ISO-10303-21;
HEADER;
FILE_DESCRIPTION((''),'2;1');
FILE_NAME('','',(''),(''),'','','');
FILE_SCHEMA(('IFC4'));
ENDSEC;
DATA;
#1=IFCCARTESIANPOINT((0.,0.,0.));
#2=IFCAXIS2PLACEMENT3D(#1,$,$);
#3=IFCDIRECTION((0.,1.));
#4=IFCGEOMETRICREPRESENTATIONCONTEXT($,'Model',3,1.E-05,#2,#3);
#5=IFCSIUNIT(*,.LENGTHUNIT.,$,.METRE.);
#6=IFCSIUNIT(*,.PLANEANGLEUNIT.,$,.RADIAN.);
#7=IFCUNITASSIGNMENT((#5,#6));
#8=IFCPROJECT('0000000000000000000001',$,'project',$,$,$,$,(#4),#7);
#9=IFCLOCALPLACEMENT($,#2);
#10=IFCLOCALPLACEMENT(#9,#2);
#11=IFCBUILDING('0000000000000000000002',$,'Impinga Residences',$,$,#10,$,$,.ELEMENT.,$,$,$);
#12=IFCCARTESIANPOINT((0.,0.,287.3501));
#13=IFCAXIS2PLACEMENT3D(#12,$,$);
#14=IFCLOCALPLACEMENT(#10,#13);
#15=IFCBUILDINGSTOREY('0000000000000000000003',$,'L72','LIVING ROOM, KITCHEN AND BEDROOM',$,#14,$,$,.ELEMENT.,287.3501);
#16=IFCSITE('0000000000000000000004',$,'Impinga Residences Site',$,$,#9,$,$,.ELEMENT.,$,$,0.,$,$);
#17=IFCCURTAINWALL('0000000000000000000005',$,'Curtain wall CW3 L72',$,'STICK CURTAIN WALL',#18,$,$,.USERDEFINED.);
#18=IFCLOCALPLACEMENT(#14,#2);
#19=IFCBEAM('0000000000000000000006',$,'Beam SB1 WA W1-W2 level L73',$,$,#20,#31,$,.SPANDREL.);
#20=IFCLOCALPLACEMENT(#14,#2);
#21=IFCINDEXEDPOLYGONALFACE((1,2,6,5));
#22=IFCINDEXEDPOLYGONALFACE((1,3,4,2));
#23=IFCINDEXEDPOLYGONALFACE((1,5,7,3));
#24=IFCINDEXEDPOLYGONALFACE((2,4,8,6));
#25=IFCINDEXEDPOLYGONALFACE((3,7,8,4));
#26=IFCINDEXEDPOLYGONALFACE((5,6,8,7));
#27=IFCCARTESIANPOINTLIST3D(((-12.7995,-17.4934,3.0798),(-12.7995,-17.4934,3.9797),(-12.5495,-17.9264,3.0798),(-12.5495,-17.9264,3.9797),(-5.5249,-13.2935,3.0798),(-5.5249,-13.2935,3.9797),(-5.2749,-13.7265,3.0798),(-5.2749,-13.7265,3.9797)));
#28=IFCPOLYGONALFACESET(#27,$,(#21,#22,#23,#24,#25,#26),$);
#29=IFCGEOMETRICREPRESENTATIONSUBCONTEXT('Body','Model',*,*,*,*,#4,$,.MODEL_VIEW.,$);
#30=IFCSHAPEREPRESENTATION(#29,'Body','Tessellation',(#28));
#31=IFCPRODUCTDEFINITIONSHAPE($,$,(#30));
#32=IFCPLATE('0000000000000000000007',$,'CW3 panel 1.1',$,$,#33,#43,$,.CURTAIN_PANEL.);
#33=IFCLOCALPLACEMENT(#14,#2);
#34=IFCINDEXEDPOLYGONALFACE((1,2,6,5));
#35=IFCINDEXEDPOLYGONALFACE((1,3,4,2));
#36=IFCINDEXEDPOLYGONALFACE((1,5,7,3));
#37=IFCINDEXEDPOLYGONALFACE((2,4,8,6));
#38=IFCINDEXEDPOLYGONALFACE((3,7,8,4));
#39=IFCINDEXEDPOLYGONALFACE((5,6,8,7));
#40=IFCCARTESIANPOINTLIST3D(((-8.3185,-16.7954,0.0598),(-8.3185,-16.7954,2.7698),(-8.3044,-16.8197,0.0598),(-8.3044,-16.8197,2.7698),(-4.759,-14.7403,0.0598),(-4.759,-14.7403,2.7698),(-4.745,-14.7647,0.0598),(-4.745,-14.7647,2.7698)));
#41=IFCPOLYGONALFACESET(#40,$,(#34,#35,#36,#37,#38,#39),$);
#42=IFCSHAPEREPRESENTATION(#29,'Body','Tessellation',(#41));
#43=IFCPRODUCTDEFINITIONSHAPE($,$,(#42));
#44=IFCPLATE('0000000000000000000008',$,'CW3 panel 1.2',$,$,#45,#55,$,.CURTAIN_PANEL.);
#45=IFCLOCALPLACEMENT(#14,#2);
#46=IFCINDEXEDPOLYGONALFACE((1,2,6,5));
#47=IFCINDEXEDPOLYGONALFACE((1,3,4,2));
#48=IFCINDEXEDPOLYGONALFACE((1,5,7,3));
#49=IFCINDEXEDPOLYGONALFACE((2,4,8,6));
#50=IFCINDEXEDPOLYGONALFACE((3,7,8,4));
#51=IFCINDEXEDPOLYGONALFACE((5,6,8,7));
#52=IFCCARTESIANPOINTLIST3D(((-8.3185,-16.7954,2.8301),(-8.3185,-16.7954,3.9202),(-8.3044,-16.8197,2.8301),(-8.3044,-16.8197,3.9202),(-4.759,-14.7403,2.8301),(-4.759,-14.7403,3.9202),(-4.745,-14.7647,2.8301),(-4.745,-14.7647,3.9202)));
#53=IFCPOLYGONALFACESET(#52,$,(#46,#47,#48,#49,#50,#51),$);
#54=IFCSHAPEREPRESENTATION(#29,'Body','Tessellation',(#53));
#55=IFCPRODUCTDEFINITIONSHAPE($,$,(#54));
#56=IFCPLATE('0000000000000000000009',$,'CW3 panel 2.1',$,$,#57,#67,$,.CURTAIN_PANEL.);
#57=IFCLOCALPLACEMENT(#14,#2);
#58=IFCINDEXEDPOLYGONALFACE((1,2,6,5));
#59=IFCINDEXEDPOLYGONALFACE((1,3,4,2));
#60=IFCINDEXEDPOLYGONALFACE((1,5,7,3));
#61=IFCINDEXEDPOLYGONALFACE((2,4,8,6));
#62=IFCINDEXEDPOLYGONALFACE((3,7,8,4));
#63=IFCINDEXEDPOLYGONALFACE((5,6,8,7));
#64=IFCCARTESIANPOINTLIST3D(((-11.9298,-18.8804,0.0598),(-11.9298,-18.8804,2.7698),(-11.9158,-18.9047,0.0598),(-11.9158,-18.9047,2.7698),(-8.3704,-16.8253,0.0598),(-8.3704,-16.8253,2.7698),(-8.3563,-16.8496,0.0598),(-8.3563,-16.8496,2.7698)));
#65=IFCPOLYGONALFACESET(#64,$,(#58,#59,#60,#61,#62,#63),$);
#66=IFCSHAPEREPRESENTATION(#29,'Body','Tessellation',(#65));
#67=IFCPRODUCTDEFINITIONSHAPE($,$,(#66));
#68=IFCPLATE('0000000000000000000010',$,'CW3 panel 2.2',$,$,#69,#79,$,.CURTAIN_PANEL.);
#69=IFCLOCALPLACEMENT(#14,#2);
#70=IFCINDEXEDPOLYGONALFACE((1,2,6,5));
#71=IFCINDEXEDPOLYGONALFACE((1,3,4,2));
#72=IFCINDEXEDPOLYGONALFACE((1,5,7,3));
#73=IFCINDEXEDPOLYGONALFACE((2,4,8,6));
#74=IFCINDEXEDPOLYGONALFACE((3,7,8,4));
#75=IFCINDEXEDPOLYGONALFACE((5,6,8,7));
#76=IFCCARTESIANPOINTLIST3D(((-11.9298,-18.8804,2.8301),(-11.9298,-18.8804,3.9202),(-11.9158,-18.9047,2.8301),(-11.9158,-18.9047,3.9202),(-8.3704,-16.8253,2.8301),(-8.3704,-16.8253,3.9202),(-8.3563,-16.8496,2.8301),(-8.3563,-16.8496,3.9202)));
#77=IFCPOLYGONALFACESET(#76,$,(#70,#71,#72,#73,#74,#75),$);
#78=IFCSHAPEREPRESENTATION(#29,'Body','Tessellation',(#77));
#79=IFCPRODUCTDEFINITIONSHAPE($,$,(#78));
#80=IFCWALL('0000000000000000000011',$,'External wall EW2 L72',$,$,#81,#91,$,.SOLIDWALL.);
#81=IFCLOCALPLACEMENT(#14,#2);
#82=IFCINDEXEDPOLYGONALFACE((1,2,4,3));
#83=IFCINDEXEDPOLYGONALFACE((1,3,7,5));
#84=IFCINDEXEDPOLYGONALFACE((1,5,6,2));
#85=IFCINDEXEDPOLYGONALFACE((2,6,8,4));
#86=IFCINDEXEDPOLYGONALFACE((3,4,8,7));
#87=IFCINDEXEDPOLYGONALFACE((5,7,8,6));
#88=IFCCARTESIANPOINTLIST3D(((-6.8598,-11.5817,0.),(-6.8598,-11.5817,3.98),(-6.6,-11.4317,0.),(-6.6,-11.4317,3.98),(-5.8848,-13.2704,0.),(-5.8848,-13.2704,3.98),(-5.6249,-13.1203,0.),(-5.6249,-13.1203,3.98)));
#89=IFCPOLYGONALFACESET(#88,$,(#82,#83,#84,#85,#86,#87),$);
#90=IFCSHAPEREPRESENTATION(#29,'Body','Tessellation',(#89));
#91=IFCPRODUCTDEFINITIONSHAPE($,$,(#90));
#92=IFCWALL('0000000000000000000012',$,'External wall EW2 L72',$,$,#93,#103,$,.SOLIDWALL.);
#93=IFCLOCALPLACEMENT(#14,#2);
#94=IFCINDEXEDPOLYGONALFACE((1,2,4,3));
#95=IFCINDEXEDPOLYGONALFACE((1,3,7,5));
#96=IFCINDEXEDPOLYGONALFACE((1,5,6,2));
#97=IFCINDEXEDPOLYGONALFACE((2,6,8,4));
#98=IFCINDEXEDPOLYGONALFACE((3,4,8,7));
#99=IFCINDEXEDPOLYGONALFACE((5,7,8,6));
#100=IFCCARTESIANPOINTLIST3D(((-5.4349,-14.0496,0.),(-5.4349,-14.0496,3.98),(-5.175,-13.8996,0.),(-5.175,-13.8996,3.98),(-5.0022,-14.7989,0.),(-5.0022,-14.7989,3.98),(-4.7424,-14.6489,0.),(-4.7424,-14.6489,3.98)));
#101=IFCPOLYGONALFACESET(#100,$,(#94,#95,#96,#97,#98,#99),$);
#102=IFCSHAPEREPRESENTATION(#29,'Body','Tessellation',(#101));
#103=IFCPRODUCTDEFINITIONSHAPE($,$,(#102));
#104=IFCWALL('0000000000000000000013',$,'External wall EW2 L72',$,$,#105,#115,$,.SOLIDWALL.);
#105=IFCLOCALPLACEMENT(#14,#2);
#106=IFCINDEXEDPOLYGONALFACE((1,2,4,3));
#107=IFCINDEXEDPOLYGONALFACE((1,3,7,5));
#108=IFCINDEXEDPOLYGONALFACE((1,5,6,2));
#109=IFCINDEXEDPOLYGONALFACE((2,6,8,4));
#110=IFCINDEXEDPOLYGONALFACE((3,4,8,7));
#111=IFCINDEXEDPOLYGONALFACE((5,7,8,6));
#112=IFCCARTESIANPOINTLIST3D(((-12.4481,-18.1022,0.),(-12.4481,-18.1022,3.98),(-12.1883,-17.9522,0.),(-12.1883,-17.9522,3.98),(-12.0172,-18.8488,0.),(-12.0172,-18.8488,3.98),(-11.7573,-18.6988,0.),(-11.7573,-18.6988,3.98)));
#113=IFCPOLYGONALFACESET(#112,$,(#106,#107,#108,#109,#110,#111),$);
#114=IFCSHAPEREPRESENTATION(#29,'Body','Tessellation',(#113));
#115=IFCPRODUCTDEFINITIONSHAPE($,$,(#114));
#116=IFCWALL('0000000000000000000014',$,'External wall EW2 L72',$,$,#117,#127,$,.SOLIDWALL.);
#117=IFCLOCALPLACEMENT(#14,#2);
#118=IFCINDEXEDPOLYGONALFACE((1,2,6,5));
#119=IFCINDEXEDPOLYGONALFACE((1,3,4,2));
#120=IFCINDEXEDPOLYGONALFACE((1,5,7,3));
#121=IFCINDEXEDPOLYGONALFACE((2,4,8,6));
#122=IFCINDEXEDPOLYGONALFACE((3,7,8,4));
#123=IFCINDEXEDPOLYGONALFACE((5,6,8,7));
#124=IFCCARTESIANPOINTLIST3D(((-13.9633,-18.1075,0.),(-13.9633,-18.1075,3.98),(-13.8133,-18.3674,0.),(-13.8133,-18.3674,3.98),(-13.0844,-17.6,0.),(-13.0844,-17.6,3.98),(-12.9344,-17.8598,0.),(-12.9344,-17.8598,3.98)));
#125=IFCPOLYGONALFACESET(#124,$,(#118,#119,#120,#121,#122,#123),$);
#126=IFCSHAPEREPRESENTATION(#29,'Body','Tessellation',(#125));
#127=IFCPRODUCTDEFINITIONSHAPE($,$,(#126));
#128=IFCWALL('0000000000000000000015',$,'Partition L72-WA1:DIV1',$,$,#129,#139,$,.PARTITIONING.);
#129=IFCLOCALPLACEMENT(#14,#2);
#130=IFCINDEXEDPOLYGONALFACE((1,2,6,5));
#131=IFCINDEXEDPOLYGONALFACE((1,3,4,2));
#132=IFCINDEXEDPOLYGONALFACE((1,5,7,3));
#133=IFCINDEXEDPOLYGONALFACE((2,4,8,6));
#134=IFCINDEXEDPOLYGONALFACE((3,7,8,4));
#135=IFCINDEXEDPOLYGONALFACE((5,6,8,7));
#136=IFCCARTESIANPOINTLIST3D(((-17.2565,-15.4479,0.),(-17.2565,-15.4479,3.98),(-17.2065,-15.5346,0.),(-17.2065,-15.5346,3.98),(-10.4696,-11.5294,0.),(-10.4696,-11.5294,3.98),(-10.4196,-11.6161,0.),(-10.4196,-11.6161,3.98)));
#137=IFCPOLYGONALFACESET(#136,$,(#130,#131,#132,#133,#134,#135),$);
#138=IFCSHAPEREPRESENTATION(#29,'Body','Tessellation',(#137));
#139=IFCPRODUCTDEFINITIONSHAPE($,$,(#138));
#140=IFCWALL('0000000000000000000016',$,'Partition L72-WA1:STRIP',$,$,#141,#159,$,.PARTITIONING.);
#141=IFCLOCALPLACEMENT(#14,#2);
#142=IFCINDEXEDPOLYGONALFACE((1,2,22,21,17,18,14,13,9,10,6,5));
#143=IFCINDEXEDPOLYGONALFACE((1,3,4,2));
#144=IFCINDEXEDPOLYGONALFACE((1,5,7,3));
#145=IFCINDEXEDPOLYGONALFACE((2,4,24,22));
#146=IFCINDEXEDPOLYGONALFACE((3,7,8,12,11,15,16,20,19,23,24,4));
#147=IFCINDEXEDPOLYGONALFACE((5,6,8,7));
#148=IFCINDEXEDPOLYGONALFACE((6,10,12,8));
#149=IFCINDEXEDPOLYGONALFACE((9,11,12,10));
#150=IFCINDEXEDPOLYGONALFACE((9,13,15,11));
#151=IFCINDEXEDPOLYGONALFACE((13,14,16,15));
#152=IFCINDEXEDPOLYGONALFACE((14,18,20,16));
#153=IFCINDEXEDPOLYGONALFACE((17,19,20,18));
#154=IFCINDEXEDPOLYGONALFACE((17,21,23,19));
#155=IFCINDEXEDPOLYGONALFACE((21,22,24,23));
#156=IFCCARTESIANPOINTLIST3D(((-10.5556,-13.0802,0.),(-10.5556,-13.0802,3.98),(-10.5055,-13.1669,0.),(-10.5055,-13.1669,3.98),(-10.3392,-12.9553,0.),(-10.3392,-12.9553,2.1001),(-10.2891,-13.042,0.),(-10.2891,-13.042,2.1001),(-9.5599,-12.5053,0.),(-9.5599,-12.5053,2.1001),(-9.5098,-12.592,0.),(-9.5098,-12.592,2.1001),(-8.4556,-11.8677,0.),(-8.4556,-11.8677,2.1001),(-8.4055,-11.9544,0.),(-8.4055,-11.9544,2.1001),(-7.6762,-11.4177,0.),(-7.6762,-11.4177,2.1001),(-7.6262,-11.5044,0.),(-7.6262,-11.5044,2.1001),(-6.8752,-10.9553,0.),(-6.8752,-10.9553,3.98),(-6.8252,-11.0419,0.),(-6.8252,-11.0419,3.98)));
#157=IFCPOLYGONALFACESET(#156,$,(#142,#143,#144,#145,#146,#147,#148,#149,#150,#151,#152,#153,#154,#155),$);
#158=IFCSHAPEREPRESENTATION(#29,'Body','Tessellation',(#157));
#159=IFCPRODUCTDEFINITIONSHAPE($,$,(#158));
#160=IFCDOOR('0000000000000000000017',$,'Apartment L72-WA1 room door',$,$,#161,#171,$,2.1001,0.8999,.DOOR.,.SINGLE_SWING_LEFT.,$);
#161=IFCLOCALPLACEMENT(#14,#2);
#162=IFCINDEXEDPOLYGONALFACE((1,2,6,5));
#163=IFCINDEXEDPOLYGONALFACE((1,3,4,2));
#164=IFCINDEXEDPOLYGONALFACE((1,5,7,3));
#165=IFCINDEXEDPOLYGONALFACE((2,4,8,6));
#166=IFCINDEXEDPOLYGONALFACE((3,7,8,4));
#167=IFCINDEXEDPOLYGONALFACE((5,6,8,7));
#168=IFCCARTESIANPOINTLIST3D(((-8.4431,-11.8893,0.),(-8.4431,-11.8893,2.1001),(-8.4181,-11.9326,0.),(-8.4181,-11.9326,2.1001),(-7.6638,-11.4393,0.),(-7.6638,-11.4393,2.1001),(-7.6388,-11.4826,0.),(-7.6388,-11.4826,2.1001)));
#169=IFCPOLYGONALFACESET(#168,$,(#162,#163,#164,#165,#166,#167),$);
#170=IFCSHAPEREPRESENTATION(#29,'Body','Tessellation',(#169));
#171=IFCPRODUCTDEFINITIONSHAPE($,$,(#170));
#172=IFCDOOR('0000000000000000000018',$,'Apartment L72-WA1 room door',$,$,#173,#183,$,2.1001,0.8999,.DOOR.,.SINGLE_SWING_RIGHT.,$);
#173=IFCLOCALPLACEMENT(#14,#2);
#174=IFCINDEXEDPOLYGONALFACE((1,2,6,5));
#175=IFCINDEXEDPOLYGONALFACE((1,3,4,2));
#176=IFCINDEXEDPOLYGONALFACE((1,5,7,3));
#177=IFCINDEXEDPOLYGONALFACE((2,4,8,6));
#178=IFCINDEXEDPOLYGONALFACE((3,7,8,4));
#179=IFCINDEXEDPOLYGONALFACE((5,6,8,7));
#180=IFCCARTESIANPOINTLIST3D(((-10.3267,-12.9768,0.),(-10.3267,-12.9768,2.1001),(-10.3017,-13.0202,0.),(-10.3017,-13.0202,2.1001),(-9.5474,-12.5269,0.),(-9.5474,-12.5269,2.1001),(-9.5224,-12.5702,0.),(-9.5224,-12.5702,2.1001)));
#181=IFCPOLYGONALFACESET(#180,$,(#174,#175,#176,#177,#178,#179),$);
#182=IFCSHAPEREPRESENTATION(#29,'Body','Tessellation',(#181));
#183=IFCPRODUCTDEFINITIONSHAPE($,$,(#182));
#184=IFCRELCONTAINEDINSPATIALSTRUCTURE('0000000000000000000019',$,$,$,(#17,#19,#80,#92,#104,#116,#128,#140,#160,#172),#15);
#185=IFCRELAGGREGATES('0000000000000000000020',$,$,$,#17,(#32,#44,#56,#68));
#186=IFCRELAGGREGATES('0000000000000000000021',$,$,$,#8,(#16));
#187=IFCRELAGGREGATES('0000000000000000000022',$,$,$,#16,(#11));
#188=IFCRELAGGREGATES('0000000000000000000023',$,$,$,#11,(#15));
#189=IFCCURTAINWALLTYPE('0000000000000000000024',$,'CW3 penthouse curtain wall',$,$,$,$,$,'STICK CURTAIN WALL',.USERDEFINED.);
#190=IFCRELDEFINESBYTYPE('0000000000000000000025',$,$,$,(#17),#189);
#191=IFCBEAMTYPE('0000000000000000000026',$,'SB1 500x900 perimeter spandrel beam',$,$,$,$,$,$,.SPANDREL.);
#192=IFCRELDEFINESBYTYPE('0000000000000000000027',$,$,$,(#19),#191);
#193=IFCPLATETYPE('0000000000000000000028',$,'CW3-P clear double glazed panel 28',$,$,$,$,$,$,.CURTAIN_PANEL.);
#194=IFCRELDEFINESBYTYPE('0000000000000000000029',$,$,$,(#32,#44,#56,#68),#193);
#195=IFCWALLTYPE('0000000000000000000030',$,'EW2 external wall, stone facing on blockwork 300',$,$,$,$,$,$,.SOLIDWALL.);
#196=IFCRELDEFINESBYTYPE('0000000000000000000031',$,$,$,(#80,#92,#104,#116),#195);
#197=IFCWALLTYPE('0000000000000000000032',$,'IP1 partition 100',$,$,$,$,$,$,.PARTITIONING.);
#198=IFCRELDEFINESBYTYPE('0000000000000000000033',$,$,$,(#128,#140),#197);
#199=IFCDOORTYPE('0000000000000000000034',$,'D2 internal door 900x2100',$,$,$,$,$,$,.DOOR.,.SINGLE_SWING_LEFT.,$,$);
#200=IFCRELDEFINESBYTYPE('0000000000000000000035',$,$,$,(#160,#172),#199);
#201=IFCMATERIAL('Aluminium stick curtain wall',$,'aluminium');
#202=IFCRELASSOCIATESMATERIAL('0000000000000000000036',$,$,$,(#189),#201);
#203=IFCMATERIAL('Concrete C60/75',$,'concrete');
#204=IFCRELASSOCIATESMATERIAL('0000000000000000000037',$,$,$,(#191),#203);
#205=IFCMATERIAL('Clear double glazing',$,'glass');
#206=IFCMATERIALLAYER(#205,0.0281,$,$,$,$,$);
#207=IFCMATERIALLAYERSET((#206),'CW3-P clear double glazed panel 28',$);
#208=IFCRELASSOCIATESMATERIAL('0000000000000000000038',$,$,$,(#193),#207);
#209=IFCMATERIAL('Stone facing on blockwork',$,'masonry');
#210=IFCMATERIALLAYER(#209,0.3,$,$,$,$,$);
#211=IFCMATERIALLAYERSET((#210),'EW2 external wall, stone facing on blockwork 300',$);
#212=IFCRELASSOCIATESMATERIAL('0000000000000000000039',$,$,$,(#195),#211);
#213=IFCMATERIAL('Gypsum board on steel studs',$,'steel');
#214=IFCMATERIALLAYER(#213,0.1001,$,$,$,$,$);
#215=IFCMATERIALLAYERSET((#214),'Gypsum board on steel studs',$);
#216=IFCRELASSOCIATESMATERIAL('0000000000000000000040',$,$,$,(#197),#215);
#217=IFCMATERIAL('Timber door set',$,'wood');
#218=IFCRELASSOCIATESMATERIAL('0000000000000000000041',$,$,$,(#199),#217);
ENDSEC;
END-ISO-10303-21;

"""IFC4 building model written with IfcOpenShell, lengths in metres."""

from ifc_helpers import new_model, si_unit, direction, frame, frame_2d, origin, origin_2d, place, context, subcontext, project, spatial, rectangle, extrude, material, layer, layer_set, material_profile, profile_set, type_object, element, fill, aggregate, save


model = new_model("IFC4")

# Units and contexts
model_context = context("Model", 3, precision=1e-05, world=origin(), true_north=direction((0.0, 1.0)))
body_context = subcontext(model_context, "Body", "Model", "MODEL_VIEW")
ifc_project = project(units=[si_unit("LENGTHUNIT", "METRE"), si_unit("PLANEANGLEUNIT", "RADIAN")], contexts=[model_context])

# Site, building, storey
site_placement = place(None, origin())
site = spatial("IfcSite", under=ifc_project, at=site_placement, Name="Impinga Residences Site", CompositionType="ELEMENT", RefElevation=0.0)
building_placement = place(site_placement, origin())
building = spatial("IfcBuilding", under=site, at=building_placement, Name="Impinga Residences", CompositionType="ELEMENT")
storey_placement = place(building_placement, frame((0.0, 0.0, 287.3501)))
storey = spatial("IfcBuildingStorey", under=building, at=storey_placement, Name="L72", Description="LIVING ROOM, KITCHEN AND BEDROOM", CompositionType="ELEMENT", Elevation=287.3501)

# Shared definitions
ifc_material_1 = material(Name="Concrete C60/75", Category="concrete")

# Curtain wall
ifc_material_2 = material(Name="Aluminium stick curtain wall", Category="aluminium")
curtain_wall_type = type_object("IfcCurtainWallType", Name="CW3 penthouse curtain wall", ElementType="STICK CURTAIN WALL", PredefinedType="USERDEFINED", material=ifc_material_2)
curtain_wall_1_placement = place(storey_placement, origin())
curtain_wall_1 = element("IfcCurtainWall", 1, at=curtain_wall_1_placement, inside=storey, type_object=curtain_wall_type, Name="Curtain wall CW3 L72", ObjectType="STICK CURTAIN WALL", PredefinedType="USERDEFINED")

# Beam
ifc_material_profile_1 = material_profile(ifc_material_1, rectangle(XDim=0.5, YDim=0.8999, at=origin_2d()), Name="RC 500x900")
ifc_profile_set_1 = profile_set([ifc_material_profile_1], Name="Concrete C60/75")
beam_type_1 = type_object("IfcBeamType", Name="SB1 500x900 perimeter spandrel beam", PredefinedType="SPANDREL", material=ifc_profile_set_1)
beam_1_placement = place(storey_placement, frame((-5.3999, -13.51, 3.5298), z_axis=(-0.866029, -0.499993, 0.0), x_axis=(0.499993, -0.866029, 0.0)))
element("IfcBeam", 2, at=beam_1_placement, inside=storey, type_object=beam_type_1, Name="Beam SB1 WA W1-W2 level L73", PredefinedType="SPANDREL", context=body_context, shape_type="SweptSolid", body=[
    extrude(rectangle(XDim=0.5, YDim=0.8999, at=origin_2d()), origin(), (0.0, 0.0, 1.0), 8.3999),
])

# Plates
ifc_material_3 = material(Name="Clear double glazing", Category="glass")
ifc_layer_1 = layer(ifc_material_3, 0.0281)
ifc_layer_set_1 = layer_set([ifc_layer_1], Name="CW3-P clear double glazed panel 28")
plate_type = type_object("IfcPlateType", Name="CW3-P clear double glazed panel 28", PredefinedType="CURTAIN_PANEL", material=ifc_layer_set_1)
plate_1_placement = place(storey_placement, frame((-6.5317, -15.78, 0.0598), z_axis=(0.0, 0.0, 1.0), x_axis=(-0.866025, -0.5, 0.0)))
plate_1 = element("IfcPlate", 3, at=plate_1_placement, type_object=plate_type, Name="CW3 panel 1.1", PredefinedType="CURTAIN_PANEL", context=body_context, shape_type="SweptSolid", body=[
    extrude(rectangle(XDim=4.1101, YDim=0.0281, at=origin_2d()), origin(), (0.0, 0.0, 1.0), 2.71),
])
plate_2_placement = place(storey_placement, frame((-6.5317, -15.78, 2.8301), z_axis=(0.0, 0.0, 1.0), x_axis=(-0.866025, -0.5, 0.0)))
plate_2 = element("IfcPlate", 4, at=plate_2_placement, type_object=plate_type, Name="CW3 panel 1.2", PredefinedType="CURTAIN_PANEL", context=body_context, shape_type="SweptSolid", body=[
    extrude(rectangle(XDim=4.1101, YDim=0.0281, at=origin_2d()), origin(), (0.0, 0.0, 1.0), 1.0901),
])
plate_3_placement = place(storey_placement, frame((-10.1431, -17.865, 0.0598), z_axis=(0.0, 0.0, 1.0), x_axis=(-0.866025, -0.5, 0.0)))
plate_3 = element("IfcPlate", 5, at=plate_3_placement, type_object=plate_type, Name="CW3 panel 2.1", PredefinedType="CURTAIN_PANEL", context=body_context, shape_type="SweptSolid", body=[
    extrude(rectangle(XDim=4.1101, YDim=0.0281, at=origin_2d()), origin(), (0.0, 0.0, 1.0), 2.71),
])
plate_4_placement = place(storey_placement, frame((-10.1431, -17.865, 2.8301), z_axis=(0.0, 0.0, 1.0), x_axis=(-0.866025, -0.5, 0.0)))
plate_4 = element("IfcPlate", 6, at=plate_4_placement, type_object=plate_type, Name="CW3 panel 2.2", PredefinedType="CURTAIN_PANEL", context=body_context, shape_type="SweptSolid", body=[
    extrude(rectangle(XDim=4.1101, YDim=0.0281, at=origin_2d()), origin(), (0.0, 0.0, 1.0), 1.0901),
])
aggregate(curtain_wall_1, [plate_1, plate_2, plate_3, plate_4])

# Walls
ifc_material_4 = material(Name="Stone facing on blockwork", Category="masonry")
ifc_layer_2 = layer(ifc_material_4, 0.3)
ifc_layer_set_2 = layer_set([ifc_layer_2], Name="EW2 external wall, stone facing on blockwork 300")
wall_type_1 = type_object("IfcWallType", Name="EW2 external wall, stone facing on blockwork 300", PredefinedType="SOLIDWALL", material=ifc_layer_set_2)
wall_1_placement = place(storey_placement, frame((-6.73, -11.5066, 0.0), z_axis=(0.0, 0.0, 1.0), x_axis=(0.500044, -0.866, 0.0)))
element("IfcWall", 7, at=wall_1_placement, inside=storey, type_object=wall_type_1, Name="External wall EW2 L72", PredefinedType="SOLIDWALL", context=body_context, shape_type="SweptSolid", body=[
    extrude(rectangle(XDim=1.95, YDim=0.3, at=frame_2d((0.9751, 0.0))), origin(), (0.0, 0.0, 1.0), 3.98),
])
wall_2_placement = place(storey_placement, frame((-5.3049, -13.9746, 0.0), z_axis=(0.0, 0.0, 1.0), x_axis=(0.500024, -0.866012, 0.0)))
element("IfcWall", 8, at=wall_2_placement, inside=storey, type_object=wall_type_1, Name="External wall EW2 L72", PredefinedType="SOLIDWALL", context=body_context, shape_type="SweptSolid", body=[
    extrude(rectangle(XDim=0.8652, YDim=0.3, at=frame_2d((0.4326, 0.0))), origin(), (0.0, 0.0, 1.0), 3.98),
])
wall_3_placement = place(storey_placement, frame((-11.8872, -18.7739, 0.0), z_axis=(0.0, 0.0, 1.0), x_axis=(-0.499886, 0.866091, 0.0)))
element("IfcWall", 9, at=wall_3_placement, inside=storey, type_object=wall_type_1, Name="External wall EW2 L72", PredefinedType="SOLIDWALL", context=body_context, shape_type="SweptSolid", body=[
    extrude(rectangle(XDim=0.8621, YDim=0.3, at=frame_2d((0.4312, 0.0))), origin(), (0.0, 0.0, 1.0), 3.98),
])
wall_4_placement = place(storey_placement, frame((-13.0095, -17.73, 0.0), z_axis=(0.0, 0.0, 1.0), x_axis=(-0.865969, -0.500097, 0.0)))
element("IfcWall", 10, at=wall_4_placement, inside=storey, type_object=wall_type_1, Name="External wall EW2 L72", PredefinedType="SOLIDWALL", context=body_context, shape_type="SweptSolid", body=[
    extrude(rectangle(XDim=1.0149, YDim=0.3, at=frame_2d((0.5073, 0.0))), origin(), (0.0, 0.0, 1.0), 3.98),
])
ifc_material_5 = material(Name="Gypsum board on steel studs", Category="steel")
ifc_layer_3 = layer(ifc_material_5, 0.1001)
ifc_layer_set_3 = layer_set([ifc_layer_3], Name="Gypsum board on steel studs")
wall_type_2 = type_object("IfcWallType", Name="IP1 partition 100", PredefinedType="PARTITIONING", material=ifc_layer_set_3)
wall_5_placement = place(storey_placement, frame((-10.4446, -11.5728, 0.0), z_axis=(0.0, 0.0, 1.0), x_axis=(-0.866022, -0.500006, 0.0)))
element("IfcWall", 11, at=wall_5_placement, inside=storey, type_object=wall_type_2, Name="Partition L72-WA1:DIV1", PredefinedType="PARTITIONING", context=body_context, shape_type="SweptSolid", body=[
    extrude(rectangle(XDim=7.8369, YDim=0.1001, at=frame_2d((3.9185, 0.0))), origin(), (0.0, 0.0, 1.0), 3.98),
])

# Wall, openings, doors
wall_6_placement = place(storey_placement, frame((-6.8501, -10.9985, 0.0), z_axis=(0.0, 0.0, 1.0), x_axis=(-0.866014, -0.500019, 0.0)))
wall_6 = element("IfcWall", 12, at=wall_6_placement, inside=storey, type_object=wall_type_2, Name="Partition L72-WA1:STRIP", PredefinedType="PARTITIONING", context=body_context, shape_type="SweptSolid", body=[
    extrude(rectangle(XDim=4.2498, YDim=0.1001, at=frame_2d((2.125, 0.0))), origin(), (0.0, 0.0, 1.0), 3.98),
])
opening_1_placement = place(wall_6_placement, frame((0.925, 0.0, 0.0)))
opening_1 = element("IfcOpeningElement", 13, at=opening_1_placement, cuts=wall_6, PredefinedType="OPENING", context=body_context, shape_type="SweptSolid", body=[
    extrude(rectangle(XDim=0.8999, YDim=2.1001, at=frame_2d((0.45, 1.05))), frame((0.0, 0.0601, 0.0), z_axis=(0.0, -1.0, 0.0), x_axis=(1.0, 0.0, 0.0)), (0.0, 0.0, 1.0), 0.1201),
])
opening_2_placement = place(wall_6_placement, frame((3.1001, 0.0, 0.0)))
opening_2 = element("IfcOpeningElement", 14, at=opening_2_placement, cuts=wall_6, PredefinedType="OPENING", context=body_context, shape_type="SweptSolid", body=[
    extrude(rectangle(XDim=0.8999, YDim=2.1001, at=frame_2d((0.45, 1.05))), frame((0.0, 0.0601, 0.0), z_axis=(0.0, -1.0, 0.0), x_axis=(1.0, 0.0, 0.0)), (0.0, 0.0, 1.0), 0.1201),
])
ifc_material_6 = material(Name="Timber door set", Category="wood")
door_type_1 = type_object("IfcDoorType", Name="D2 internal door 900x2100", OperationType="SINGLE_SWING_LEFT", PredefinedType="DOOR", material=ifc_material_6)
door_1_placement = place(opening_1_placement, origin())
door_1 = element("IfcDoor", 15, at=door_1_placement, inside=storey, type_object=door_type_1, Name="Apartment L72-WA1 room door", OperationType="SINGLE_SWING_LEFT", OverallHeight=2.1001, OverallWidth=0.8999, PredefinedType="DOOR", context=body_context, shape_type="SweptSolid", body=[
    extrude(rectangle(XDim=0.8999, YDim=2.1001, at=frame_2d((0.45, 1.05))), frame((0.0, 0.0249, 0.0), z_axis=(0.0, -1.0, 0.0), x_axis=(1.0, 0.0, 0.0)), (0.0, 0.0, 1.0), 0.05),
])
fill(opening_1, door_1)
door_2_placement = place(opening_2_placement, origin())
door_2 = element("IfcDoor", 16, at=door_2_placement, inside=storey, type_object=door_type_1, Name="Apartment L72-WA1 room door", OperationType="SINGLE_SWING_RIGHT", OverallHeight=2.1001, OverallWidth=0.8999, PredefinedType="DOOR", context=body_context, shape_type="SweptSolid", body=[
    extrude(rectangle(XDim=0.8999, YDim=2.1001, at=frame_2d((0.45, 1.05))), frame((0.0, 0.0249, 0.0), z_axis=(0.0, -1.0, 0.0), x_axis=(1.0, 0.0, 0.0)), (0.0, 0.0, 1.0), 0.05),
])
fill(opening_2, door_2)

save(model, "model.ifc")
